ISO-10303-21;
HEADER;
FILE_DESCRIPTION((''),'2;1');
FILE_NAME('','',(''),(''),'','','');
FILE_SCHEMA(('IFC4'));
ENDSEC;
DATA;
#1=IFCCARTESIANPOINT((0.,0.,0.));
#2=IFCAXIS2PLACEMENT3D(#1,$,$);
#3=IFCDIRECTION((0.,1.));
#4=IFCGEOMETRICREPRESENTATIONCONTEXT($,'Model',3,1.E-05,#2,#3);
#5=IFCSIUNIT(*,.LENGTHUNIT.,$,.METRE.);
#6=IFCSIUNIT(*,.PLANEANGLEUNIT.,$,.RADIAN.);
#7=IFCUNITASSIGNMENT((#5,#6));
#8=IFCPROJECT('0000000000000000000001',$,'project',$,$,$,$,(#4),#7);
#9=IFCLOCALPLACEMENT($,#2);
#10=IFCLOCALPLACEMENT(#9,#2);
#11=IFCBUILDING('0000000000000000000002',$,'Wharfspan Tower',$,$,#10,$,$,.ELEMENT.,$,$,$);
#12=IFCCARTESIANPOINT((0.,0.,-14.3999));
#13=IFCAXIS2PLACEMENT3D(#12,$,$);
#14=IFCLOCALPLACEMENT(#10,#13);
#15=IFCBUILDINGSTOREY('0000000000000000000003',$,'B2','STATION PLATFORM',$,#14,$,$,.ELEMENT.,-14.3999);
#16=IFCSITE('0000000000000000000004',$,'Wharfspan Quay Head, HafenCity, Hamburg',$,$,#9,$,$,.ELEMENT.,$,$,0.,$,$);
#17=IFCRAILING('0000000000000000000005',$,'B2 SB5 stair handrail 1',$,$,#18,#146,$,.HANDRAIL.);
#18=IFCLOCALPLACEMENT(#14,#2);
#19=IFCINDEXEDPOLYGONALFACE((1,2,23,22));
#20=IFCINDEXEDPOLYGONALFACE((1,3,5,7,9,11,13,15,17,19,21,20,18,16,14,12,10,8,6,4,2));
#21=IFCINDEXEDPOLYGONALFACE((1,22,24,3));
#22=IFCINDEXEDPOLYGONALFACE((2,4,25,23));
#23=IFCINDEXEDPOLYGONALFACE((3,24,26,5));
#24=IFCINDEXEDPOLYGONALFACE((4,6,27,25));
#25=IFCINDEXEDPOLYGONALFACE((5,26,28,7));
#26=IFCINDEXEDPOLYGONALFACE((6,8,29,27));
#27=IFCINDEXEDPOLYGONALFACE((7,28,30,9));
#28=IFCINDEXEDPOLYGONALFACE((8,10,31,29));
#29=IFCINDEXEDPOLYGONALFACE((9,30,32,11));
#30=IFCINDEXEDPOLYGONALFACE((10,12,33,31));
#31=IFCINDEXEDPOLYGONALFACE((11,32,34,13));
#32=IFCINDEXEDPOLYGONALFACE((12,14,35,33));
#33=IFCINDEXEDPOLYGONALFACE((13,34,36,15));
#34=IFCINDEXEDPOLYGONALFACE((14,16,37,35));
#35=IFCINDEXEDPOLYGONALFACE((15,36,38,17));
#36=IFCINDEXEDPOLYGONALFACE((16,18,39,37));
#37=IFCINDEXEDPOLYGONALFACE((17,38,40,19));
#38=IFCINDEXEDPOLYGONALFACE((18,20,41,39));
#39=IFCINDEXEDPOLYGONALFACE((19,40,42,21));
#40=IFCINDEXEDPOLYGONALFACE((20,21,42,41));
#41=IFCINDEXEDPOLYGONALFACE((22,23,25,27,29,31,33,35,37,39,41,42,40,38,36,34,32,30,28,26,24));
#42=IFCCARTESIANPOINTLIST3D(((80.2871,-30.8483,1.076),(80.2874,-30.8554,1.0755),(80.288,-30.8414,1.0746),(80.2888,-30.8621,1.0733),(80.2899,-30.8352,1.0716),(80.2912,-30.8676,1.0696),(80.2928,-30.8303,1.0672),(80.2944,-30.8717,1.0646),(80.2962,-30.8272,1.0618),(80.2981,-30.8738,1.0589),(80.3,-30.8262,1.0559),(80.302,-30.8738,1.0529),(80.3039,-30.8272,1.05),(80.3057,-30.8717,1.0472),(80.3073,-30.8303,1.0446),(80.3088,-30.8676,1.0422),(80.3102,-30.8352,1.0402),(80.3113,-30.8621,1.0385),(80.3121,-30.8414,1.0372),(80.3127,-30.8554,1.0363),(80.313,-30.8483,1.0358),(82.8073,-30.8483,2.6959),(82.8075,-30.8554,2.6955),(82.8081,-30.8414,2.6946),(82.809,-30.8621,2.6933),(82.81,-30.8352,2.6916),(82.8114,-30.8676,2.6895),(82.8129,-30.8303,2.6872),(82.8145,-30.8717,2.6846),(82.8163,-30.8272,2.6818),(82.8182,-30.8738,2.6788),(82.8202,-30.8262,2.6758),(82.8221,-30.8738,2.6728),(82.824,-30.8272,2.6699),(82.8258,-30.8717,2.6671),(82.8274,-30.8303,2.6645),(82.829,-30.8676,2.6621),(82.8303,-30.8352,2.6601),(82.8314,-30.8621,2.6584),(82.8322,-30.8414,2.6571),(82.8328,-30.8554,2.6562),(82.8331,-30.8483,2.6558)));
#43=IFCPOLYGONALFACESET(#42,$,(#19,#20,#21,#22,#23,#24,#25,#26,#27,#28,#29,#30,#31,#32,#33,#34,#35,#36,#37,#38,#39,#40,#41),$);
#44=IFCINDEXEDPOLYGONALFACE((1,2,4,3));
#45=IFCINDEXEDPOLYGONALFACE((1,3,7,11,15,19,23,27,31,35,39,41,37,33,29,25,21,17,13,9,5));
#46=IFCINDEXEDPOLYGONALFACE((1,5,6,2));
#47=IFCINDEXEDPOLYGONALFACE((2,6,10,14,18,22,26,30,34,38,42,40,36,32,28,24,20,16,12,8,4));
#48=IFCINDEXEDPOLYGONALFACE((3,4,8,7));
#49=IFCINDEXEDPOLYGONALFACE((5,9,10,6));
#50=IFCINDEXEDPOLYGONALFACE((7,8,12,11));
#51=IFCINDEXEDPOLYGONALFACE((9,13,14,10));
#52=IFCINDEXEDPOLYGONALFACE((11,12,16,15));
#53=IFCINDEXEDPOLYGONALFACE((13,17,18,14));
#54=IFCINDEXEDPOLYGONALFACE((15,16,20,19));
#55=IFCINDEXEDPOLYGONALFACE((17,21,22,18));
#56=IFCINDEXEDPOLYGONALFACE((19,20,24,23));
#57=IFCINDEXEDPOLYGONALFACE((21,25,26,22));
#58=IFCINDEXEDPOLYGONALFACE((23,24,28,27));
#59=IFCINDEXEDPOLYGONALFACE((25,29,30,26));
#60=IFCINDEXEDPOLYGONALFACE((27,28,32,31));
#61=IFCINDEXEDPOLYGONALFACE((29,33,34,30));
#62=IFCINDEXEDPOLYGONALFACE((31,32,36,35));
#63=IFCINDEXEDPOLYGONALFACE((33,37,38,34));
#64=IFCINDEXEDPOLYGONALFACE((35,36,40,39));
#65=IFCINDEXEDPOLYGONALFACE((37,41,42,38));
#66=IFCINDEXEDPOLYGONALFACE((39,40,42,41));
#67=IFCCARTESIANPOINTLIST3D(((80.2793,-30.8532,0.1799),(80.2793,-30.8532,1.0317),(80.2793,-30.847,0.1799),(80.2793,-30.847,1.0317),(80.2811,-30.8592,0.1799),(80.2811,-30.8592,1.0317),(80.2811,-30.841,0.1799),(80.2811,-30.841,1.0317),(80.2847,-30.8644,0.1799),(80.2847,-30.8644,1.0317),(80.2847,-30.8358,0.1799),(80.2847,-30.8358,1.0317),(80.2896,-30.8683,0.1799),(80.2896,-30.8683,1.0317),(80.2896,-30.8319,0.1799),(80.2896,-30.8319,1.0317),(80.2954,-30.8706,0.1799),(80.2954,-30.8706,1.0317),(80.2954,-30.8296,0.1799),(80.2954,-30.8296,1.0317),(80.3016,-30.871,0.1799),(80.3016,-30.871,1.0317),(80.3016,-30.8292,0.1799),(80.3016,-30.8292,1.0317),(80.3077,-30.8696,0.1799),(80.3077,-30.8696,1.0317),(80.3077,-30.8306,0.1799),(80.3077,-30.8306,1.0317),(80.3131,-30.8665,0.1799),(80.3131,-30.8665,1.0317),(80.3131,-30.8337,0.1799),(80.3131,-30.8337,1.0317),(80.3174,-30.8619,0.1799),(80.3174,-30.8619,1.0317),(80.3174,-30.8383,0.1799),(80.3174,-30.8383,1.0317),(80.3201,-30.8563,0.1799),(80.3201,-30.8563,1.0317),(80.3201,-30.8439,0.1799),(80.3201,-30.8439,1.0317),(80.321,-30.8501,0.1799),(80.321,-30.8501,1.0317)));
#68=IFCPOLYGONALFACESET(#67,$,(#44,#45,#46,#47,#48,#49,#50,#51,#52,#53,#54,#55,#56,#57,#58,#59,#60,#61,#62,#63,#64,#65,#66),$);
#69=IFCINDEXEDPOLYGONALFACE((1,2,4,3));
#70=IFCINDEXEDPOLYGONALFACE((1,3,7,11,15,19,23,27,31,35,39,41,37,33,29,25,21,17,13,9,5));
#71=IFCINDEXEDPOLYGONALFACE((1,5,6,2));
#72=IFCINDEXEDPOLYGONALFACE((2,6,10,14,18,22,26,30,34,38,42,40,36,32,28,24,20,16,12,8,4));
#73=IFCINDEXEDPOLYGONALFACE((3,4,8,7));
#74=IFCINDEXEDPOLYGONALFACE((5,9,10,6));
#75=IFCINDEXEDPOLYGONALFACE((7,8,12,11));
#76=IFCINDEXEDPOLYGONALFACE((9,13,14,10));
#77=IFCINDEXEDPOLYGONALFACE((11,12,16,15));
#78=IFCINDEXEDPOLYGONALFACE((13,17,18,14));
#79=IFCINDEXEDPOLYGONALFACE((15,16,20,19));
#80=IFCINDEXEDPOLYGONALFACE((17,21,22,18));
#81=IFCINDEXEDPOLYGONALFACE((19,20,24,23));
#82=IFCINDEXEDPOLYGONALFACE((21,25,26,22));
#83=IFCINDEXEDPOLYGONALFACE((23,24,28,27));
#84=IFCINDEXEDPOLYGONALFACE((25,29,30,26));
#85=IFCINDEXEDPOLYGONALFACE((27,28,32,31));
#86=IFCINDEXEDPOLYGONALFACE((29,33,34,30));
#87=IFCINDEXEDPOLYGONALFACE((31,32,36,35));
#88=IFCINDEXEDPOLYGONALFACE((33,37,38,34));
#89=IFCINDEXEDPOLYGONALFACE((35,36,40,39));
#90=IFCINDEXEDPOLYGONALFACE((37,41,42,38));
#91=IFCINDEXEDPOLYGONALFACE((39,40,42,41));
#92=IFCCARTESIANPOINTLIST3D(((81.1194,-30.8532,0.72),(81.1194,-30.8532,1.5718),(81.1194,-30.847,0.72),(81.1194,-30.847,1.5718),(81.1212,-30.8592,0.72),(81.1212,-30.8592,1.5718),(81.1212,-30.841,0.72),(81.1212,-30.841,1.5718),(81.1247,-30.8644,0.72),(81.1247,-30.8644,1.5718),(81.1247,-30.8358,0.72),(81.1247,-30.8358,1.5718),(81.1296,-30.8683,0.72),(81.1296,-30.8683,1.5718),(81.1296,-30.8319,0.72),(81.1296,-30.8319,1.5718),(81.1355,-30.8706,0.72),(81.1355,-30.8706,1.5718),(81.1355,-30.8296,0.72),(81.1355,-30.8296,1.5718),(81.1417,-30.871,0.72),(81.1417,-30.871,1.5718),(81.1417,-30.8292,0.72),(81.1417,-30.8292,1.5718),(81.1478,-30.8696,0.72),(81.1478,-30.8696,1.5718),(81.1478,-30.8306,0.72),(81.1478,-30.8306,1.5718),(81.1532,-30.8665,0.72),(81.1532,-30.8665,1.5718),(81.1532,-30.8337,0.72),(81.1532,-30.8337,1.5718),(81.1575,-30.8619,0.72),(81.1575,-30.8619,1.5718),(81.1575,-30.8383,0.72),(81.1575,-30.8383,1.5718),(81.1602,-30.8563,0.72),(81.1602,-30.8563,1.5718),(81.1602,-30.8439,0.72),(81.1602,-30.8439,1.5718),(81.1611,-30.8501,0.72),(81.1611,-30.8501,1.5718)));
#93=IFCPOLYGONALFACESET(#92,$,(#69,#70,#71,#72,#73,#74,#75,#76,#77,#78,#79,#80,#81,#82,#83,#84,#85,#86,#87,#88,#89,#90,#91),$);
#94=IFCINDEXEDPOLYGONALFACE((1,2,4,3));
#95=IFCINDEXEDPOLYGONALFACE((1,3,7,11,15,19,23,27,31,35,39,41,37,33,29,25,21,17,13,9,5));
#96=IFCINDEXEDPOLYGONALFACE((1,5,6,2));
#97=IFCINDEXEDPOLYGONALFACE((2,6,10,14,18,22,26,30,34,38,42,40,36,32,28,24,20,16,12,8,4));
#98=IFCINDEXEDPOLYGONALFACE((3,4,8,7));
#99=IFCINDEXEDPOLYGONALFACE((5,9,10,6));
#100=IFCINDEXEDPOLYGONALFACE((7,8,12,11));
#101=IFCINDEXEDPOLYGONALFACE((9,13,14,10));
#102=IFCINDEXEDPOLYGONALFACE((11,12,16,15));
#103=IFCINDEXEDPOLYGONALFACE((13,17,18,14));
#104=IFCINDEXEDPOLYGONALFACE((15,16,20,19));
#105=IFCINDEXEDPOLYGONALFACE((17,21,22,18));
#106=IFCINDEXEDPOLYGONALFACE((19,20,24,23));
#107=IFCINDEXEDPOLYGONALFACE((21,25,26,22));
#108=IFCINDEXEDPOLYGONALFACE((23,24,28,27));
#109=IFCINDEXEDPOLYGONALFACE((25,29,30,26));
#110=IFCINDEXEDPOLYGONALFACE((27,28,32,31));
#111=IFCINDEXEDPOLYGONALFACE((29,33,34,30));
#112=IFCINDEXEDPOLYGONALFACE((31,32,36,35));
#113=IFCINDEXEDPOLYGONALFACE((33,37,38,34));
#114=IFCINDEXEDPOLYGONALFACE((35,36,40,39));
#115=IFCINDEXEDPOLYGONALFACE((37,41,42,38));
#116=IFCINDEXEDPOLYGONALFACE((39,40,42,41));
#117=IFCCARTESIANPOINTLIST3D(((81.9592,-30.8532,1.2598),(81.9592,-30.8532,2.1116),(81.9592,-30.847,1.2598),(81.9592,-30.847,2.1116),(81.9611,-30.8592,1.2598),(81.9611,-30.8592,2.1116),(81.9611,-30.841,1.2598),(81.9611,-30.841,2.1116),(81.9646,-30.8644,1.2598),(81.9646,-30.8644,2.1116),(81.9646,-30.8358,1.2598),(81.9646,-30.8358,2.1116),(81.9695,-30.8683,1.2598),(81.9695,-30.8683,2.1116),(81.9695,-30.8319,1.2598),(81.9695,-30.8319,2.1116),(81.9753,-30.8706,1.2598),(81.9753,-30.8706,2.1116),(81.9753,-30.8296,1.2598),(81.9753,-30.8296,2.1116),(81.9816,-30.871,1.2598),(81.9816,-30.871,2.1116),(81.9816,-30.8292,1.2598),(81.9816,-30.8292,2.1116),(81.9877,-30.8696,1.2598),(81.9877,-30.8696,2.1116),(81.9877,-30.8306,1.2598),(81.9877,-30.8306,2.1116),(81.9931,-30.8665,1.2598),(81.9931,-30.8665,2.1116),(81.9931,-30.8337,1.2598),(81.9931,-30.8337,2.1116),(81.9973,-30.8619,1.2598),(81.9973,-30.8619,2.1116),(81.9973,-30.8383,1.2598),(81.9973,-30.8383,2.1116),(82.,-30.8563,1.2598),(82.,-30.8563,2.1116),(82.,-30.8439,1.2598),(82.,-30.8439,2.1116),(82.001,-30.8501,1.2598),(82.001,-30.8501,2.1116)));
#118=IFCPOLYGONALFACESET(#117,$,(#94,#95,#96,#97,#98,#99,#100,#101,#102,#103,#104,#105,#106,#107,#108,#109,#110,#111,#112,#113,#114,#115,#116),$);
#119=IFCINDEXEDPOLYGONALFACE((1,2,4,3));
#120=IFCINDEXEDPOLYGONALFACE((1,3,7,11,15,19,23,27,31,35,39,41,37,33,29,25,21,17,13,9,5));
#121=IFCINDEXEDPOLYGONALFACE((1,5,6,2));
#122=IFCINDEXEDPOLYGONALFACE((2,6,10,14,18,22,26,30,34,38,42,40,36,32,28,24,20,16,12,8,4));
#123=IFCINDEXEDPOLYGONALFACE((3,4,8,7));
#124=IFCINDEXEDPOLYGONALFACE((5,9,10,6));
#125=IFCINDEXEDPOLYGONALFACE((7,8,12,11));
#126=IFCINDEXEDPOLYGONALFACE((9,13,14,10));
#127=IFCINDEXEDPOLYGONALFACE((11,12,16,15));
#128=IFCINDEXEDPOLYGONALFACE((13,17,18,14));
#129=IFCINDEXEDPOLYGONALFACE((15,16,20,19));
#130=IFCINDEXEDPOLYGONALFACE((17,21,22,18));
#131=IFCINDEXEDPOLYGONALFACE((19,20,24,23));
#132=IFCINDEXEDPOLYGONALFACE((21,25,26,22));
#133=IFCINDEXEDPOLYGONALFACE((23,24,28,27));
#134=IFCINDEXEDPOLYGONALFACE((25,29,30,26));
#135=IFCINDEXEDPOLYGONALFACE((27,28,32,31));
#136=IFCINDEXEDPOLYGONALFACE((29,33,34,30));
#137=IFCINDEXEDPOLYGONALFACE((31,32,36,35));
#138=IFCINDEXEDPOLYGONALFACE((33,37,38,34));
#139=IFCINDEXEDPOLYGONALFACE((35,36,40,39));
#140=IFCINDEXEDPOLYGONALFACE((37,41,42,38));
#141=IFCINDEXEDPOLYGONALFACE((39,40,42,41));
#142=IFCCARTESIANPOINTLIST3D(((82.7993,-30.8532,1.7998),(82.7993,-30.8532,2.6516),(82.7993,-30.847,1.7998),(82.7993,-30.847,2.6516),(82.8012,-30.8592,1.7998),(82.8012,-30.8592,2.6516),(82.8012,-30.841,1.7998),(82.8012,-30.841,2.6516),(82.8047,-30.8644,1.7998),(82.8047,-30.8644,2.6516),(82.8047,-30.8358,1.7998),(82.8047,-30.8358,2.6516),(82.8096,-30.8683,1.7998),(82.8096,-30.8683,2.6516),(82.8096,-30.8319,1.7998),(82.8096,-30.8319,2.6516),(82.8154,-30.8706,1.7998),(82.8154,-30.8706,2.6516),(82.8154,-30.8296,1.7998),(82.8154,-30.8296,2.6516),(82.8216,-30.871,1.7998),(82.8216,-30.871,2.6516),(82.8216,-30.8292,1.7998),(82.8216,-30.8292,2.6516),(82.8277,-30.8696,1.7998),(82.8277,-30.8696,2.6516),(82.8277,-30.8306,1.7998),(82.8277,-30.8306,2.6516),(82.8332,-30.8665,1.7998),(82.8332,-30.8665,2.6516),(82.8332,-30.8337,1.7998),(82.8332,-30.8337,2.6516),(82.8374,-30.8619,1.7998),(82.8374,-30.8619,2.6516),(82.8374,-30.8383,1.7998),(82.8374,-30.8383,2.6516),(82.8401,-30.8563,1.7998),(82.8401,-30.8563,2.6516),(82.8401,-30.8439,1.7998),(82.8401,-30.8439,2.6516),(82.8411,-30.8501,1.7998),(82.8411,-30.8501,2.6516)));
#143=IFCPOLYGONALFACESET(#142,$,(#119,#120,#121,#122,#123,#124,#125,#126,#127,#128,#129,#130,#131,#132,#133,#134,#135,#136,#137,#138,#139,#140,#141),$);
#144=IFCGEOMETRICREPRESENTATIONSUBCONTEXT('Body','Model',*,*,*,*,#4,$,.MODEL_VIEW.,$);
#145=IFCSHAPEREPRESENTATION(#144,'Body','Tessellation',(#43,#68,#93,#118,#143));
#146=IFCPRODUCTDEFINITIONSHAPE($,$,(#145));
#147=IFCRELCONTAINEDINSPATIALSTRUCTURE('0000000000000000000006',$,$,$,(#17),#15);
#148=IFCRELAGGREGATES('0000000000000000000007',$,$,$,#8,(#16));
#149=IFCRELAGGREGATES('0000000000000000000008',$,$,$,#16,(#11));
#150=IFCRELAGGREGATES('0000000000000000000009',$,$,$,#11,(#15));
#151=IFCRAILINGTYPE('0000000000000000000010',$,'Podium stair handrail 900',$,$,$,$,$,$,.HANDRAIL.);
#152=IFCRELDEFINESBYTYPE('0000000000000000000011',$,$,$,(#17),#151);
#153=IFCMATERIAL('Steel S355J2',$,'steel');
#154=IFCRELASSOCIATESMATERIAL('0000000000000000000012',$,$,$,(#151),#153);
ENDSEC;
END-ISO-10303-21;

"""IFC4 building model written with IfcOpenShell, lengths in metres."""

from ifc_helpers import new_model, si_unit, direction, frame, origin, origin_2d, place, context, subcontext, project, spatial, circle, extrude, material, type_object, element, save


model = new_model("IFC4")

# Units and contexts
model_context = context("Model", 3, precision=1e-05, world=origin(), true_north=direction((0.0, 1.0)))
body_context = subcontext(model_context, "Body", "Model", "MODEL_VIEW")
ifc_project = project(units=[si_unit("LENGTHUNIT", "METRE"), si_unit("PLANEANGLEUNIT", "RADIAN")], contexts=[model_context])

# Site, building, storey
site_placement = place(None, origin())
site = spatial("IfcSite", under=ifc_project, at=site_placement, Name="Wharfspan Quay Head, HafenCity, Hamburg", CompositionType="ELEMENT", RefElevation=0.0)
building_placement = place(site_placement, origin())
building = spatial("IfcBuilding", under=site, at=building_placement, Name="Wharfspan Tower", CompositionType="ELEMENT")
storey_placement = place(building_placement, frame((0.0, 0.0, -14.3999)))
storey = spatial("IfcBuildingStorey", under=building, at=storey_placement, Name="B2", Description="STATION PLATFORM", CompositionType="ELEMENT", Elevation=-14.3999)

# Railing
ifc_material_1 = material(Name="Steel S355J2", Category="steel")
railing_type_1 = type_object("IfcRailingType", Name="Podium stair handrail 900", PredefinedType="HANDRAIL", material=ifc_material_1)
railing_1_placement = place(storey_placement, frame((80.3, -30.8501, 0.1799)))
element("IfcRailing", 1, at=railing_1_placement, inside=storey, type_object=railing_type_1, Name="B2 SB5 stair handrail 1", PredefinedType="HANDRAIL", context=body_context, shape_type="SweptSolid", body=[
    extrude(circle(Radius=0.0239, at=origin_2d()), frame((0.0, 0.0, 0.876), z_axis=(0.8412, 0.0, 0.540725), x_axis=(0.0, 1.0, 0.0)), (0.0, 0.0, 1.0), 2.9958),
    extrude(circle(Radius=0.021, at=origin_2d()), origin(), (0.0, 0.0, 1.0), 0.8518),
    extrude(circle(Radius=0.021, at=origin_2d()), frame((0.8401, 0.0, 0.54)), (0.0, 0.0, 1.0), 0.8518),
    extrude(circle(Radius=0.021, at=origin_2d()), frame((1.6799, 0.0, 1.0798)), (0.0, 0.0, 1.0), 0.8518),
    extrude(circle(Radius=0.021, at=origin_2d()), frame((2.52, 0.0, 1.6199)), (0.0, 0.0, 1.0), 0.8518),
])

save(model, "model.ifc")
